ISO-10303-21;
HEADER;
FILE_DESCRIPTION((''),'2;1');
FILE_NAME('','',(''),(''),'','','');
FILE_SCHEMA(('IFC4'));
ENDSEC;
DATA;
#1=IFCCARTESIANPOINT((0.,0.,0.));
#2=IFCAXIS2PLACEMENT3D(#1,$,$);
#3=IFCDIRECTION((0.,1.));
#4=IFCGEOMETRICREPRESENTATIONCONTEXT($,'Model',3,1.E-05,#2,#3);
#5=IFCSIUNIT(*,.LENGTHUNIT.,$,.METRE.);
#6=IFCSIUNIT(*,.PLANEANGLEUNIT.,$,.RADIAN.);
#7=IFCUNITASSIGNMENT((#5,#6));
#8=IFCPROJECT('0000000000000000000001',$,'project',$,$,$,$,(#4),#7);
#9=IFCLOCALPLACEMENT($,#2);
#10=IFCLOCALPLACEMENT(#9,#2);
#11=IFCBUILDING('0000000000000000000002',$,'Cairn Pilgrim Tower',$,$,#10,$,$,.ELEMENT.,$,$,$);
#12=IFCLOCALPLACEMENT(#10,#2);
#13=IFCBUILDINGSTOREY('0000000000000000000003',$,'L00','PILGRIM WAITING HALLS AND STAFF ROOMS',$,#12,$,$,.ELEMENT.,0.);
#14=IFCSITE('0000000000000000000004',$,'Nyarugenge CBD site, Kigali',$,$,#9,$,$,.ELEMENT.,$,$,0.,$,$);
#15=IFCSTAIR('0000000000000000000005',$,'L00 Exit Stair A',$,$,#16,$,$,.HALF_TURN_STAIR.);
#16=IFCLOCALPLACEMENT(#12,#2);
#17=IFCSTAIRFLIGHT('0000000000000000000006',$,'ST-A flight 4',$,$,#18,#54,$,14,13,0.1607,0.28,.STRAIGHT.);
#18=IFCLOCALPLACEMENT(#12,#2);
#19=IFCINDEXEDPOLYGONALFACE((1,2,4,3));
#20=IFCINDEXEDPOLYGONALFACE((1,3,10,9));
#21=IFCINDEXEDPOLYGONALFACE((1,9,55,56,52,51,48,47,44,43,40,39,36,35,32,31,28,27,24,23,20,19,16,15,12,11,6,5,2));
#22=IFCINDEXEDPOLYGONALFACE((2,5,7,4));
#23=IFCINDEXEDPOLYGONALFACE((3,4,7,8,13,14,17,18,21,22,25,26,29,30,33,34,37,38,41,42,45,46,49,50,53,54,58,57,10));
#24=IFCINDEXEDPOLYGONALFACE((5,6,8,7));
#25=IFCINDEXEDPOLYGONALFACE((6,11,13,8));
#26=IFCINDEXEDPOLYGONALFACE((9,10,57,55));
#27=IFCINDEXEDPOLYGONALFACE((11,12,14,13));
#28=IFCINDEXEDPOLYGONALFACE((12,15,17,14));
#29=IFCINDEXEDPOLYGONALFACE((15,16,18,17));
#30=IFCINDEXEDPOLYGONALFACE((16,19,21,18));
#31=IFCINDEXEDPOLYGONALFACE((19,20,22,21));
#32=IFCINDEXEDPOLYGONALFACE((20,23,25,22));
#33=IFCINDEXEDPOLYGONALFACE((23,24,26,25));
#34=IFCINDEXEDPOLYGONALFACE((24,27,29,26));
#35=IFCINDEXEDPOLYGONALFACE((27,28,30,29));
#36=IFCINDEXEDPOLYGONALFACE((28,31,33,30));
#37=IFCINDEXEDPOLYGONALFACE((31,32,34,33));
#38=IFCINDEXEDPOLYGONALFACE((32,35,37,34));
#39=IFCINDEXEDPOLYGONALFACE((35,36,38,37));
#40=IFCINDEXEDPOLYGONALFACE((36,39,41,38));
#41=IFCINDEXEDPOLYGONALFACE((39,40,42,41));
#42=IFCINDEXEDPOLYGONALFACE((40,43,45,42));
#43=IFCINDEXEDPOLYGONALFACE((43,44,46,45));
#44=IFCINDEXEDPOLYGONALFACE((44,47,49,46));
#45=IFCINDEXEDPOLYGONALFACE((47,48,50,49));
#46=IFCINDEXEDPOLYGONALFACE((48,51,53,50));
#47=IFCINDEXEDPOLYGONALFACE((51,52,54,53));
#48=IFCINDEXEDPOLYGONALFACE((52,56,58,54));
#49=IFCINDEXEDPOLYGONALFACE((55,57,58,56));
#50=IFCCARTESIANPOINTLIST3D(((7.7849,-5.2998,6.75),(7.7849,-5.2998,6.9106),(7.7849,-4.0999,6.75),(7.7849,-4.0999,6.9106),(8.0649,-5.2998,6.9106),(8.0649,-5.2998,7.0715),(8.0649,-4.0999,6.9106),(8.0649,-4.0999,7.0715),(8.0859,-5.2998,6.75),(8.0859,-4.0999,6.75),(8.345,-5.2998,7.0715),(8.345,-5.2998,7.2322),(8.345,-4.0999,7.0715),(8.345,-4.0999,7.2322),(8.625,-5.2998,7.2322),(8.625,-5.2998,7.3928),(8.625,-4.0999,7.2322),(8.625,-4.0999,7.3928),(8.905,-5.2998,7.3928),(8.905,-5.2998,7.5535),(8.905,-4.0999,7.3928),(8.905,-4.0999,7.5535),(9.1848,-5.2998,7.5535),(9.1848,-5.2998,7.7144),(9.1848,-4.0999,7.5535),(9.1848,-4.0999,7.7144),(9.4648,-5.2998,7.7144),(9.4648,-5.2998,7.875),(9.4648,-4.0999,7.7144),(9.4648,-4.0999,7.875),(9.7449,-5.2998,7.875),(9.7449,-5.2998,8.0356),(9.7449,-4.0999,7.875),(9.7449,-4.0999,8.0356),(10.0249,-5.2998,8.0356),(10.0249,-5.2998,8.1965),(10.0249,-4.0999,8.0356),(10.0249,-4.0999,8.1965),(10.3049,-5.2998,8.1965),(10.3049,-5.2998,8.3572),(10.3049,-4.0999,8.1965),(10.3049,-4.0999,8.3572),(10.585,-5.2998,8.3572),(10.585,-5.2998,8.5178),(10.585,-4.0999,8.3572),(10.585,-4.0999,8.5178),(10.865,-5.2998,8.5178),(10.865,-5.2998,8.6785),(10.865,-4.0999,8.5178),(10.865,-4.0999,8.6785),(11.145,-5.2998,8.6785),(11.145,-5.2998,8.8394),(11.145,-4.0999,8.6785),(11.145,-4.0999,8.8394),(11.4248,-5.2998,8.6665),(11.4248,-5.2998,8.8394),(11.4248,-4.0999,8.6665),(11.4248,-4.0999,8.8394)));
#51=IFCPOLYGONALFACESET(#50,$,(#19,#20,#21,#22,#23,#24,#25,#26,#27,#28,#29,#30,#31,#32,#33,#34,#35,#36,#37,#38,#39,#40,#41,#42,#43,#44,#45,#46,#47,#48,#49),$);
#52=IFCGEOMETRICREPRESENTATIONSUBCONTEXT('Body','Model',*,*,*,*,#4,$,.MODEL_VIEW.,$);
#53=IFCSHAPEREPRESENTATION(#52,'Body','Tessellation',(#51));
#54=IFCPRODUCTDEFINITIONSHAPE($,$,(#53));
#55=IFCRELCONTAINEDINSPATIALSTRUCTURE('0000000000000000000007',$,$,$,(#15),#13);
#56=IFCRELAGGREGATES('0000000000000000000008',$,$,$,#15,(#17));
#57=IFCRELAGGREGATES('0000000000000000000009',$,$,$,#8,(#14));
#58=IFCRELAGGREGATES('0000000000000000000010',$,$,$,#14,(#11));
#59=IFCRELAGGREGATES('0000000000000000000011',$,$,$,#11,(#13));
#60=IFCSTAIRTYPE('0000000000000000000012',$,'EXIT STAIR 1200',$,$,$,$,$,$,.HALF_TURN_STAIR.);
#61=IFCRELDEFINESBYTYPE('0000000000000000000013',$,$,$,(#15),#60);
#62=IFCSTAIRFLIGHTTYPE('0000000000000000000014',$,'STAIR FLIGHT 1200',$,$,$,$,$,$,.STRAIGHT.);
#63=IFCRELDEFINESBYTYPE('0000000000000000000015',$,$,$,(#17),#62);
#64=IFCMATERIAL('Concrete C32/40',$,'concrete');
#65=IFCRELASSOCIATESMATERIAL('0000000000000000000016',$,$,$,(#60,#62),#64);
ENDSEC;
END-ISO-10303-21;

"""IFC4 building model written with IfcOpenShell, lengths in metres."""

from ifc_helpers import new_model, si_unit, direction, frame, origin, place, context, subcontext, project, spatial, polyline, outline, extrude, material, type_object, element, aggregate, save


model = new_model("IFC4")

# Units and contexts
model_context = context("Model", 3, precision=1e-05, world=origin(), true_north=direction((0.0, 1.0)))
body_context = subcontext(model_context, "Body", "Model", "MODEL_VIEW")
ifc_project = project(units=[si_unit("LENGTHUNIT", "METRE"), si_unit("PLANEANGLEUNIT", "RADIAN")], contexts=[model_context])

# Site, building, storey
site_placement = place(None, origin())
site = spatial("IfcSite", under=ifc_project, at=site_placement, Name="Nyarugenge CBD site, Kigali", CompositionType="ELEMENT", RefElevation=0.0)
building_placement = place(site_placement, origin())
building = spatial("IfcBuilding", under=site, at=building_placement, Name="Cairn Pilgrim Tower", CompositionType="ELEMENT")
storey_placement = place(building_placement, origin())
storey = spatial("IfcBuildingStorey", under=building, at=storey_placement, Name="L00", Description="PILGRIM WAITING HALLS AND STAFF ROOMS", CompositionType="ELEMENT", Elevation=0.0)

# Shared definitions
ifc_material_1 = material(Name="Concrete C32/40", Category="concrete")

# Stair, stair flight
stair_type = type_object("IfcStairType", Name="EXIT STAIR 1200", PredefinedType="HALF_TURN_STAIR", material=ifc_material_1)
stair_placement = place(storey_placement, origin())
stair = element("IfcStair", 1, at=stair_placement, inside=storey, type_object=stair_type, Name="L00 Exit Stair A", PredefinedType="HALF_TURN_STAIR")
stair_flight_type = type_object("IfcStairFlightType", Name="STAIR FLIGHT 1200", PredefinedType="STRAIGHT", material=ifc_material_1)
stair_flight_1_placement = place(storey_placement, frame((7.7849, -4.7, 6.75), z_axis=(0.0, 0.0, 1.0), x_axis=(1.0, 0.0, 0.0)))
stair_flight_1 = element("IfcStairFlight", 2, at=stair_flight_1_placement, type_object=stair_flight_type, Name="ST-A flight 4", NumberOfRisers=14, NumberOfTreads=13, PredefinedType="STRAIGHT", RiserHeight=0.1607, TreadLength=0.28, context=body_context, shape_type="SweptSolid", body=[
    extrude(outline(polyline([(0.0, 0.0), (0.0, 0.1606), (0.28, 0.1606), (0.28, 0.3215), (0.5601, 0.3215), (0.5601, 0.4822), (0.8401, 0.4822), (0.8401, 0.6428), (1.1201, 0.6428), (1.1201, 0.8035), (1.3999, 0.8035), (1.3999, 0.9644), (1.6799, 0.9644), (1.6799, 1.125), (1.96, 1.125), (1.96, 1.2856), (2.24, 1.2856), (2.24, 1.4465), (2.52, 1.4465), (2.52, 1.6072), (2.8, 1.6072), (2.8, 1.7678), (3.0801, 1.7678), (3.0801, 1.9285), (3.3601, 1.9285), (3.3601, 2.0894), (3.6399, 2.0894), (3.6399, 2.25), (3.6399, 1.9165), (0.301, 0.0), (0.0, 0.0)])), frame((0.0, 0.6001, 0.0), z_axis=(0.0, -1.0, 0.0), x_axis=(1.0, 0.0, 0.0)), (0.0, 0.0, 1.0), 1.2),
])
aggregate(stair, [stair_flight_1])

save(model, "model.ifc")
